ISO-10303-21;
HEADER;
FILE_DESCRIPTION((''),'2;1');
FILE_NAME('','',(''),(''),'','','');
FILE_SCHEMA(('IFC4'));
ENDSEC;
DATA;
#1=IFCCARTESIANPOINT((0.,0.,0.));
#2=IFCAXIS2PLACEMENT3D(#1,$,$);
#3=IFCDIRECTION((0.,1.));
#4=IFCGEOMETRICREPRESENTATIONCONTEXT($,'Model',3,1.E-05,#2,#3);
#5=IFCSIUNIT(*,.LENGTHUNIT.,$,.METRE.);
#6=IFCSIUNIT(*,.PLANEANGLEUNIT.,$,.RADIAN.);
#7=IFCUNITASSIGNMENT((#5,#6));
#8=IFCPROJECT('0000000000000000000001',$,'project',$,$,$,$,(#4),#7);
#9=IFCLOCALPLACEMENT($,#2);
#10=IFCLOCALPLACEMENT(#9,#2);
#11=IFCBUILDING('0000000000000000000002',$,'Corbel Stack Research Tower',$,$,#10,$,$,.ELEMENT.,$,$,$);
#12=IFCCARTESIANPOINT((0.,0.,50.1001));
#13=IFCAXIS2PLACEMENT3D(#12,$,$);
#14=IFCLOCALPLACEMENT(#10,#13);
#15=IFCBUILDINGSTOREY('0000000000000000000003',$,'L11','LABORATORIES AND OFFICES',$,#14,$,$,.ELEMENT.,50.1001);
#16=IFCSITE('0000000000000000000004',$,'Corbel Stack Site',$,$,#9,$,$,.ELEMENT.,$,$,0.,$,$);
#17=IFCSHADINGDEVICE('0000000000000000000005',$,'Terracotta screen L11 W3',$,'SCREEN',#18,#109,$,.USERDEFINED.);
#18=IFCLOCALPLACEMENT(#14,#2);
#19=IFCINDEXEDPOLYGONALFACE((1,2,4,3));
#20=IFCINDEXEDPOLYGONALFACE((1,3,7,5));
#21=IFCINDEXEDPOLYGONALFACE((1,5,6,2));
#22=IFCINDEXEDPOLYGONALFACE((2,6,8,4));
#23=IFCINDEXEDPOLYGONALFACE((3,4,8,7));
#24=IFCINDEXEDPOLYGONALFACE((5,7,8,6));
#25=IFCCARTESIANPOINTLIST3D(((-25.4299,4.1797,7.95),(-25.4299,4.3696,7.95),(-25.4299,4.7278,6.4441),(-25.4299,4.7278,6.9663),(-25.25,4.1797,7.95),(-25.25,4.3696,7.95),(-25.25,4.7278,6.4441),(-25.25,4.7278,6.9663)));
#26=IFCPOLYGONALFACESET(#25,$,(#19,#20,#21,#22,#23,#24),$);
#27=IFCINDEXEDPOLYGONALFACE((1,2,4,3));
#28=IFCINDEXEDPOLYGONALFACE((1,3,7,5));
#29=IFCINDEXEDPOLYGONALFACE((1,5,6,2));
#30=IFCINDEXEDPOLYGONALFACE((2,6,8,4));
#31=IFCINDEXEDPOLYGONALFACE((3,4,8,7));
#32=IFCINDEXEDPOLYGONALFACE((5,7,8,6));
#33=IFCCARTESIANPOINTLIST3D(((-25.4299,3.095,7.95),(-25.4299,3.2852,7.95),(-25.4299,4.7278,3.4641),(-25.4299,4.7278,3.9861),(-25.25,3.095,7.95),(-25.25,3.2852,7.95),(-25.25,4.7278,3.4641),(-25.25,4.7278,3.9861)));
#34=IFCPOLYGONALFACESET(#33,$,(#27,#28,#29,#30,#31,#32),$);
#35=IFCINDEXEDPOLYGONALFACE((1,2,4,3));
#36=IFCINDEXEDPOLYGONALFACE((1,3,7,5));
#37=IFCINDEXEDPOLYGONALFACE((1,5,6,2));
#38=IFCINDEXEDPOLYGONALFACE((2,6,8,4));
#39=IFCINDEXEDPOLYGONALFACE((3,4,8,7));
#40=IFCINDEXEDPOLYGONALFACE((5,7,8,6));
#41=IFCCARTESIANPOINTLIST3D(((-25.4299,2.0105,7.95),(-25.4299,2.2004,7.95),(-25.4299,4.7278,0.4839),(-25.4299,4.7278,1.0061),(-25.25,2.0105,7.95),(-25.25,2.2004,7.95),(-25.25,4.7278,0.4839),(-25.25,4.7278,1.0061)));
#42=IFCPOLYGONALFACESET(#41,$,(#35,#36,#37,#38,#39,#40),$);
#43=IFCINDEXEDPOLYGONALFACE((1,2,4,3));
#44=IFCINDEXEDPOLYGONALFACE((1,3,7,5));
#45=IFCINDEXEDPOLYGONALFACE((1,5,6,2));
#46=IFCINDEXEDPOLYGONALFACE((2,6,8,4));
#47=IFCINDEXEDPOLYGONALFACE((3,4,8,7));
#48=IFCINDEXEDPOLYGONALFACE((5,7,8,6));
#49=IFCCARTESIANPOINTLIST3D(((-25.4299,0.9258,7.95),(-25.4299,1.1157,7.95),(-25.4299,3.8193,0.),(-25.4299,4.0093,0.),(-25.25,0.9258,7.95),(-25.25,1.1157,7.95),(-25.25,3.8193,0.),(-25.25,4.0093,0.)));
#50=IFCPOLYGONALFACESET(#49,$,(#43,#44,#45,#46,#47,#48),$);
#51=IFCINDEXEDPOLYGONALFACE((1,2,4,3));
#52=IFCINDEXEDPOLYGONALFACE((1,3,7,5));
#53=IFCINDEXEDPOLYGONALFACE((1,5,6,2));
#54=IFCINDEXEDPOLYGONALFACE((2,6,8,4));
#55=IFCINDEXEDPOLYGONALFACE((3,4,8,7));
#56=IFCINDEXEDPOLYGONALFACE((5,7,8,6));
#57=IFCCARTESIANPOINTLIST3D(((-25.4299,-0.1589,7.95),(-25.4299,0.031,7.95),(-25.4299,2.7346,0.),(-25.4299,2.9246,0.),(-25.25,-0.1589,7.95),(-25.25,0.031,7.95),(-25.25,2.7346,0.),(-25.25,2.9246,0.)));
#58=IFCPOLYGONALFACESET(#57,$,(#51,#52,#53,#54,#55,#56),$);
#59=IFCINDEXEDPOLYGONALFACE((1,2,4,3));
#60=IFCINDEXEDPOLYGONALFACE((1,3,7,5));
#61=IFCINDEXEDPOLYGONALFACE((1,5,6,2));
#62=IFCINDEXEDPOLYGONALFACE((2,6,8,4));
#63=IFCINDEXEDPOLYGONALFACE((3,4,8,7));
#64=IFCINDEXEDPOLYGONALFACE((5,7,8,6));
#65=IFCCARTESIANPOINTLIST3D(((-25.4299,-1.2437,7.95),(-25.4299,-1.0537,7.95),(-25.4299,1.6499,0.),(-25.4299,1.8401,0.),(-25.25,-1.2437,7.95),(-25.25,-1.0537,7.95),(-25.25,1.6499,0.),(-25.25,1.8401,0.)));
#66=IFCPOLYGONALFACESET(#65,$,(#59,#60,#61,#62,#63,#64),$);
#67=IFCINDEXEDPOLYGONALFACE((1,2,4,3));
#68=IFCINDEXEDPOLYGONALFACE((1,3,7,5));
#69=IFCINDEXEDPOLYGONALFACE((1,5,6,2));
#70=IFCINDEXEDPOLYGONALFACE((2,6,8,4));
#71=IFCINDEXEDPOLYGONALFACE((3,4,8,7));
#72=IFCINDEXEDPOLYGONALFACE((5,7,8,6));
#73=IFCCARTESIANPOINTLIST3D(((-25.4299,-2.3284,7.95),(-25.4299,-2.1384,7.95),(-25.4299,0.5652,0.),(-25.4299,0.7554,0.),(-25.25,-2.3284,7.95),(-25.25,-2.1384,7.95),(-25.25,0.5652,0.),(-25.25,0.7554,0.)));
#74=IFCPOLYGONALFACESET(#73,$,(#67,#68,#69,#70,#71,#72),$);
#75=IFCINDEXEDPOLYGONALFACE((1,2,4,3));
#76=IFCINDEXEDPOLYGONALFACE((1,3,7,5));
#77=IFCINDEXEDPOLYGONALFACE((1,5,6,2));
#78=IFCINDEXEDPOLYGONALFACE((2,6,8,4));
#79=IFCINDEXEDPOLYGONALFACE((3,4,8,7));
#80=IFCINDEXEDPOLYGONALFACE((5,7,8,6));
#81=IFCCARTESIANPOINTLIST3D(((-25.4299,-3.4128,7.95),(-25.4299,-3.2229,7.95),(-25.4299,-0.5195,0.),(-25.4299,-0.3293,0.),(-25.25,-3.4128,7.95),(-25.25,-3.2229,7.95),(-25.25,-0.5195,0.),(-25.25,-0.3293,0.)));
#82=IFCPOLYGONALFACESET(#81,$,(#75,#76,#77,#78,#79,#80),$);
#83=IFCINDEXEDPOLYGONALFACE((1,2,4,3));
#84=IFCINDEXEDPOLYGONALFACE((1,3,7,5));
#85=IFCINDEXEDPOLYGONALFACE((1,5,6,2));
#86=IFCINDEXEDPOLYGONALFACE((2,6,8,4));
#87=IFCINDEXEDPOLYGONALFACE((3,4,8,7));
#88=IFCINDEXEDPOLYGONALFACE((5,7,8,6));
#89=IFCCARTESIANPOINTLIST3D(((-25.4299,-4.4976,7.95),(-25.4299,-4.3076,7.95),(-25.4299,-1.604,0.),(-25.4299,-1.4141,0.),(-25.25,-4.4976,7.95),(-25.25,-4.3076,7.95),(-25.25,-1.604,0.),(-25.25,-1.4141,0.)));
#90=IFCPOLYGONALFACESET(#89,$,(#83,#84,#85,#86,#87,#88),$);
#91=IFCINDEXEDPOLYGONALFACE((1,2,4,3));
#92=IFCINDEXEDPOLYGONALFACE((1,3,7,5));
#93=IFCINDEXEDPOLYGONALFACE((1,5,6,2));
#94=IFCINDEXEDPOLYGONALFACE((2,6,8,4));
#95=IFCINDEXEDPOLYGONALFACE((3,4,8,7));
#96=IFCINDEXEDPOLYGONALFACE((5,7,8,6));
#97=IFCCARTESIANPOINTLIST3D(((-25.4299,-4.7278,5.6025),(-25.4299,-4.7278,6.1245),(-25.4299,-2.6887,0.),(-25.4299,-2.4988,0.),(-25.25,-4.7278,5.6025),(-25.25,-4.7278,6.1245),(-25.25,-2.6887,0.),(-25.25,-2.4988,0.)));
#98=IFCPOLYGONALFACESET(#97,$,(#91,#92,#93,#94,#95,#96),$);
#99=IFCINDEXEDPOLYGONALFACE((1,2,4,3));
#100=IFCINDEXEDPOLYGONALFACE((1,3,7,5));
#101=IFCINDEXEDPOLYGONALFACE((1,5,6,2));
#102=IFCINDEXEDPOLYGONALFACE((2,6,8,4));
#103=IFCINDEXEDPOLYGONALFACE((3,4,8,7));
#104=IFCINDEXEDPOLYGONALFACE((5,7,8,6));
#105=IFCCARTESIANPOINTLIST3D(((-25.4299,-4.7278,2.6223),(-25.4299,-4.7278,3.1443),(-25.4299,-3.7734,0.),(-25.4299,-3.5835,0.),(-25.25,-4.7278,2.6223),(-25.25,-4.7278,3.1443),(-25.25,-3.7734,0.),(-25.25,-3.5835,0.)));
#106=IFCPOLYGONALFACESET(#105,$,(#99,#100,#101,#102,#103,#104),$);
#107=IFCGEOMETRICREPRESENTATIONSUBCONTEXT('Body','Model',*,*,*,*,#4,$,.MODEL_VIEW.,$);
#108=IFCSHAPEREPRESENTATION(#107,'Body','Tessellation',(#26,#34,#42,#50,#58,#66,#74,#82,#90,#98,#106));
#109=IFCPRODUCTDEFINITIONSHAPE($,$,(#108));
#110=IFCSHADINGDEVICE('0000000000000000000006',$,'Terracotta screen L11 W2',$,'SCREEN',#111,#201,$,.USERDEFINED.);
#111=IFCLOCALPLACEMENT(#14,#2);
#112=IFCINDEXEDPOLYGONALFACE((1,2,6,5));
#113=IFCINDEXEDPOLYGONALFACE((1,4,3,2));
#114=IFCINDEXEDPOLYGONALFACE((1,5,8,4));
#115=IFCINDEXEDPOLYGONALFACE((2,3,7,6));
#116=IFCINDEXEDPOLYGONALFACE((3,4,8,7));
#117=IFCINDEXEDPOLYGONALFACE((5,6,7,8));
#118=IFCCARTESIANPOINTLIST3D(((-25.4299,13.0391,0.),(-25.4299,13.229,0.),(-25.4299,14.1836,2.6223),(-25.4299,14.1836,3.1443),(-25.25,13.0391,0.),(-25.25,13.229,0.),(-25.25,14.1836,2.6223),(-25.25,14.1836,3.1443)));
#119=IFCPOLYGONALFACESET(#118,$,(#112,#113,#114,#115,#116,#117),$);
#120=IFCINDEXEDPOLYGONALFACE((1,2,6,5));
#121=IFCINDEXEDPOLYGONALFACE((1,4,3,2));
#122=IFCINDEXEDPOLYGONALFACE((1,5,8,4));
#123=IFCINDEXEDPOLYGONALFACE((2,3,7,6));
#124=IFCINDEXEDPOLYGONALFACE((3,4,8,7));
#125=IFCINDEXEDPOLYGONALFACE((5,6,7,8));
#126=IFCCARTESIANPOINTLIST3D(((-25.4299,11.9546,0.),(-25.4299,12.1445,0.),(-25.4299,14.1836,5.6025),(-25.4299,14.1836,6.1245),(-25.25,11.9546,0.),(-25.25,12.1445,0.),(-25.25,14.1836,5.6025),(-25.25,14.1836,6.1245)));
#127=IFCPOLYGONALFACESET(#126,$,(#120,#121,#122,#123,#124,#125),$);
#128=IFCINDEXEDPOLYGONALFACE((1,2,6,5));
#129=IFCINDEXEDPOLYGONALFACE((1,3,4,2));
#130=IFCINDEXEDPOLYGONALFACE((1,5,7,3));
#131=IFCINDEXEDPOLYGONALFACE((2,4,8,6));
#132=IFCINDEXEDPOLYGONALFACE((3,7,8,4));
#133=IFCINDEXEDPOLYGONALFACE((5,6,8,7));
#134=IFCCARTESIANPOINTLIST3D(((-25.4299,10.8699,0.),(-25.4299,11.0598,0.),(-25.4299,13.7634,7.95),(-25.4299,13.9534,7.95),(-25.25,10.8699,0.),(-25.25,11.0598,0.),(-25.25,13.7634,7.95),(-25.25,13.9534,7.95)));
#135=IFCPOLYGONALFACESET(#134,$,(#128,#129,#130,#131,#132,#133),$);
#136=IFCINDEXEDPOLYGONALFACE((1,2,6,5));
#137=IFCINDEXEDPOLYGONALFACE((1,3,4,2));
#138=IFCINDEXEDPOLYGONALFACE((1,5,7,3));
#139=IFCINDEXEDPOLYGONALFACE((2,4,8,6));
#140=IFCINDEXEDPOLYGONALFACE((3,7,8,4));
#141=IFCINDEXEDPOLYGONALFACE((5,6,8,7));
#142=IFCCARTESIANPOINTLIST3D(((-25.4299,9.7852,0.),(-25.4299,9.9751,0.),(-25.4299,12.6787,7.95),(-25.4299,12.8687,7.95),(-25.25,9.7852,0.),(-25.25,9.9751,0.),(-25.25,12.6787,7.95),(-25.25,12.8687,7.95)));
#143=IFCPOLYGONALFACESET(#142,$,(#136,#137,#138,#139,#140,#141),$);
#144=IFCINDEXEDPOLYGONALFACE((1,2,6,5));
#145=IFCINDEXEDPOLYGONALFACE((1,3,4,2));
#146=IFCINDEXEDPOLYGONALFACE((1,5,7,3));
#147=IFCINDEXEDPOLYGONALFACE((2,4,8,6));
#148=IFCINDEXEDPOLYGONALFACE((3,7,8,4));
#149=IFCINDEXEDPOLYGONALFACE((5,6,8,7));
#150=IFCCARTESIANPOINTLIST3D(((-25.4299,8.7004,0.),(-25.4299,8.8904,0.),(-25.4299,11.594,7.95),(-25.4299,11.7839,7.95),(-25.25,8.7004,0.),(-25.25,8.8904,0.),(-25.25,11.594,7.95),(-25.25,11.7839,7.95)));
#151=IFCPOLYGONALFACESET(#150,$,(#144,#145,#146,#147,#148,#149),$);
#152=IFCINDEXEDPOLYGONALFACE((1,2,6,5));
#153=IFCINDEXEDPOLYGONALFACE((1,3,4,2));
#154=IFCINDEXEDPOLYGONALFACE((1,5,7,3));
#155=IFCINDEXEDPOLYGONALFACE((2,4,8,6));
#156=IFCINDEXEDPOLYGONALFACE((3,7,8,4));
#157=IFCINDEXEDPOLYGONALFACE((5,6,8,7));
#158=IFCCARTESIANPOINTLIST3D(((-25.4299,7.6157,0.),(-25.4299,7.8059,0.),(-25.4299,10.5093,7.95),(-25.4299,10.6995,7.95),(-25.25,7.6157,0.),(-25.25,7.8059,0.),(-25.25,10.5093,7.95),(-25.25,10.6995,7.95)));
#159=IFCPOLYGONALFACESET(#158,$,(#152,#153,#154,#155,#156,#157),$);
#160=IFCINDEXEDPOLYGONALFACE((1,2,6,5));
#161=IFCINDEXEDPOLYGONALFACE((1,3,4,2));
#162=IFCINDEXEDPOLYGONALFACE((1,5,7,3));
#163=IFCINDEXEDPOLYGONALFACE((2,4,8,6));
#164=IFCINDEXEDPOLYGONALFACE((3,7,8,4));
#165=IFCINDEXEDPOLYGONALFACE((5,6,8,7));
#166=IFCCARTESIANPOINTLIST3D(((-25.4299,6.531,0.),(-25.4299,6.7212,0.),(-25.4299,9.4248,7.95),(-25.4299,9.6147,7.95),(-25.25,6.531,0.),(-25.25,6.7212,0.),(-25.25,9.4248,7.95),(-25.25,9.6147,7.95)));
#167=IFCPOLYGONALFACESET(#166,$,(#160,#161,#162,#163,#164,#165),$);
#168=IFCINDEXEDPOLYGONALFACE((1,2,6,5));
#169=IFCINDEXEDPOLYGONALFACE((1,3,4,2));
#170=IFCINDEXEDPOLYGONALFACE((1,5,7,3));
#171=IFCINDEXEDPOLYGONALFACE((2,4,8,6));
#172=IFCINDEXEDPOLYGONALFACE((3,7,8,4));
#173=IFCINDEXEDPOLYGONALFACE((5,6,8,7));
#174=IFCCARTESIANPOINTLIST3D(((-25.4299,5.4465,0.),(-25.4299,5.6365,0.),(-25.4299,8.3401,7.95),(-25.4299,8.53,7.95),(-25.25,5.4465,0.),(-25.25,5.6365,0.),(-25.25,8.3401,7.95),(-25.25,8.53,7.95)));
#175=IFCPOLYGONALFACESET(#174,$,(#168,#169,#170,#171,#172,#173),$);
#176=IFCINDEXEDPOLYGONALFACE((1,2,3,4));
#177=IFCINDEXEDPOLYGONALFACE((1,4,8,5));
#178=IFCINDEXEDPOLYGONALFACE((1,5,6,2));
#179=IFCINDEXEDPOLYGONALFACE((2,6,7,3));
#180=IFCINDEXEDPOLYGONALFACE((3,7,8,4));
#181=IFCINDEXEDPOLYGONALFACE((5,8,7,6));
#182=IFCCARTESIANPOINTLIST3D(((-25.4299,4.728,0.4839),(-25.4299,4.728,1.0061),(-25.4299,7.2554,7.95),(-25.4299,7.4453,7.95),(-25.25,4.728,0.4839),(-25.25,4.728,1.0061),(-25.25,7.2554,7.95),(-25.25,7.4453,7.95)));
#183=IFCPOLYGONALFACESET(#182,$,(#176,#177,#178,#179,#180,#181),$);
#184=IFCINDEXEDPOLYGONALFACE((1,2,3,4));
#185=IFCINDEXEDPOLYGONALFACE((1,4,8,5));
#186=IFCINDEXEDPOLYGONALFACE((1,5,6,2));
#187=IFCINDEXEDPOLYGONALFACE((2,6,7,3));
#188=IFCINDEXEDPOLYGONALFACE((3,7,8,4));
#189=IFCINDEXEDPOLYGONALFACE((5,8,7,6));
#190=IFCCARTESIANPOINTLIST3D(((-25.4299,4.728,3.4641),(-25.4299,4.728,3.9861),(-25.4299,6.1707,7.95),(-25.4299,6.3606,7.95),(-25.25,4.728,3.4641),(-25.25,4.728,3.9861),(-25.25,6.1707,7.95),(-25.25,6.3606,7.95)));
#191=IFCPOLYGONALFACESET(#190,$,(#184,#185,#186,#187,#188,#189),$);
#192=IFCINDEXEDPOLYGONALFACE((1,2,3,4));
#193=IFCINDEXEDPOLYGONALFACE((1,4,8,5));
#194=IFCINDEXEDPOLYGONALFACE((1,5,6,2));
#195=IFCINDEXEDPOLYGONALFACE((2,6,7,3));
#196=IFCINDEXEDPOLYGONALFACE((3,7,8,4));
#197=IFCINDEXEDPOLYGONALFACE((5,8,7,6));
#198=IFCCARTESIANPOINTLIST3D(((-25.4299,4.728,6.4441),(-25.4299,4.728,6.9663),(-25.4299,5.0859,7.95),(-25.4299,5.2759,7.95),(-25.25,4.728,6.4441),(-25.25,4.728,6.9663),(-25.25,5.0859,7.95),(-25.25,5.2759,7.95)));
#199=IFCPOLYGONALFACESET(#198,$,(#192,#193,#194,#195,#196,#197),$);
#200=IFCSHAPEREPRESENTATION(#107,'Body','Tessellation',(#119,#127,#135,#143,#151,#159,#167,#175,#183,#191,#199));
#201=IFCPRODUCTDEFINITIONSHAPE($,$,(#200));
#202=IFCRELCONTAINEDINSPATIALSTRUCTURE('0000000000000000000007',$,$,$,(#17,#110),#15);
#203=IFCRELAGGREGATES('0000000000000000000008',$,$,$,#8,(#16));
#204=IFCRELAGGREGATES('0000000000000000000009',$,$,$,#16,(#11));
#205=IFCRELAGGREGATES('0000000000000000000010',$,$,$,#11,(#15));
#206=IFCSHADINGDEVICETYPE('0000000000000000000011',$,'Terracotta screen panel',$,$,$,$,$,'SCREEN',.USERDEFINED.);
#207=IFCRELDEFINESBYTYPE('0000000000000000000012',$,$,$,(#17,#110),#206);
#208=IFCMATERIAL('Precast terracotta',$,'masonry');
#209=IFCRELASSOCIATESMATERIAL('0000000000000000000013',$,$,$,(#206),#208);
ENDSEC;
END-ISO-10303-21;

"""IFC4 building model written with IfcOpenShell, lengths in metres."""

from ifc_helpers import new_model, si_unit, direction, frame, origin, place, context, subcontext, project, spatial, polyline, outline, extrude, source, transform, mapped, material, type_object, element, save


model = new_model("IFC4")

# Units and contexts
model_context = context("Model", 3, precision=1e-05, world=origin(), true_north=direction((0.0, 1.0)))
body_context = subcontext(model_context, "Body", "Model", "MODEL_VIEW")
ifc_project = project(units=[si_unit("LENGTHUNIT", "METRE"), si_unit("PLANEANGLEUNIT", "RADIAN")], contexts=[model_context])

# Site, building, storey
site_placement = place(None, origin())
site = spatial("IfcSite", under=ifc_project, at=site_placement, Name="Corbel Stack Site", CompositionType="ELEMENT", RefElevation=0.0)
building_placement = place(site_placement, origin())
building = spatial("IfcBuilding", under=site, at=building_placement, Name="Corbel Stack Research Tower", CompositionType="ELEMENT")
storey_placement = place(building_placement, frame((0.0, 0.0, 50.1001)))
storey = spatial("IfcBuildingStorey", under=building, at=storey_placement, Name="L11", Description="LABORATORIES AND OFFICES", CompositionType="ELEMENT", Elevation=50.1001)

# Shading devices
ifc_material_1 = material(Name="Precast terracotta", Category="masonry")
shading_device_type = type_object("IfcShadingDeviceType", Name="Terracotta screen panel", ElementType="SCREEN", PredefinedType="USERDEFINED", material=ifc_material_1)
shared_shape_1 = source(origin(), body_context, "Body", "SweptSolid", [
    extrude(outline(polyline([(0.5481, 7.95), (0.3582, 7.95), (0.0, 6.9663), (0.0, 6.4441), (0.5481, 7.95)])), frame((0.0, 0.0, 0.0), z_axis=(0.0, -1.0, 0.0), x_axis=(1.0, 0.0, 0.0)), (0.0, 0.0, 1.0), 0.1799),
    extrude(outline(polyline([(1.6328, 7.95), (1.4426, 7.95), (0.0, 3.9861), (0.0, 3.4641), (1.6328, 7.95)])), frame((0.0, 0.0, 0.0), z_axis=(0.0, -1.0, 0.0), x_axis=(1.0, 0.0, 0.0)), (0.0, 0.0, 1.0), 0.1799),
    extrude(outline(polyline([(2.7173, 7.95), (2.5273, 7.95), (0.0, 1.0061), (0.0, 0.4839), (2.7173, 7.95)])), frame((0.0, 0.0, 0.0), z_axis=(0.0, -1.0, 0.0), x_axis=(1.0, 0.0, 0.0)), (0.0, 0.0, 1.0), 0.1799),
    extrude(outline(polyline([(0.9084, 0.0), (3.802, 7.95), (3.6121, 7.95), (0.7185, 0.0), (0.9084, 0.0)])), frame((0.0, 0.0, 0.0), z_axis=(0.0, -1.0, 0.0), x_axis=(1.0, 0.0, 0.0)), (0.0, 0.0, 1.0), 0.1799),
    extrude(outline(polyline([(1.9932, 0.0), (4.8867, 7.95), (4.6968, 7.95), (1.8032, 0.0), (1.9932, 0.0)])), frame((0.0, 0.0, 0.0), z_axis=(0.0, -1.0, 0.0), x_axis=(1.0, 0.0, 0.0)), (0.0, 0.0, 1.0), 0.1799),
    extrude(outline(polyline([(3.0779, 0.0), (5.9714, 7.95), (5.7815, 7.95), (2.8877, 0.0), (3.0779, 0.0)])), frame((0.0, 0.0, 0.0), z_axis=(0.0, -1.0, 0.0), x_axis=(1.0, 0.0, 0.0)), (0.0, 0.0, 1.0), 0.1799),
    extrude(outline(polyline([(4.1626, 0.0), (7.0562, 7.95), (6.8662, 7.95), (3.9724, 0.0), (4.1626, 0.0)])), frame((0.0, 0.0, 0.0), z_axis=(0.0, -1.0, 0.0), x_axis=(1.0, 0.0, 0.0)), (0.0, 0.0, 1.0), 0.1799),
    extrude(outline(polyline([(5.2473, 0.0), (8.1406, 7.95), (7.9507, 7.95), (5.0571, 0.0), (5.2473, 0.0)])), frame((0.0, 0.0, 0.0), z_axis=(0.0, -1.0, 0.0), x_axis=(1.0, 0.0, 0.0)), (0.0, 0.0, 1.0), 0.1799),
    extrude(outline(polyline([(6.3318, 0.0), (9.2253, 7.95), (9.0354, 7.95), (6.1418, 0.0), (6.3318, 0.0)])), frame((0.0, 0.0, 0.0), z_axis=(0.0, -1.0, 0.0), x_axis=(1.0, 0.0, 0.0)), (0.0, 0.0, 1.0), 0.1799),
    extrude(outline(polyline([(7.4165, 0.0), (9.4556, 5.6025), (9.4556, 6.1245), (7.2266, 0.0), (7.4165, 0.0)])), frame((0.0, 0.0, 0.0), z_axis=(0.0, -1.0, 0.0), x_axis=(1.0, 0.0, 0.0)), (0.0, 0.0, 1.0), 0.1799),
    extrude(outline(polyline([(8.5012, 0.0), (9.4556, 2.6223), (9.4556, 3.1443), (8.3113, 0.0), (8.5012, 0.0)])), frame((0.0, 0.0, 0.0), z_axis=(0.0, -1.0, 0.0), x_axis=(1.0, 0.0, 0.0)), (0.0, 0.0, 1.0), 0.1799),
])
shading_device_1_placement = place(storey_placement, frame((-25.25, 4.7278, 0.0), z_axis=(0.0, 0.0, 1.0), x_axis=(0.0, -1.0, 0.0)))
element("IfcShadingDevice", 1, at=shading_device_1_placement, inside=storey, type_object=shading_device_type, Name="Terracotta screen L11 W3", ObjectType="SCREEN", PredefinedType="USERDEFINED", context=body_context, shape_type="MappedRepresentation", body=[
    mapped(shared_shape_1, transform((0.0, 0.0, 0.0))),
])
shared_shape_2 = source(origin(), body_context, "Body", "SweptSolid", [
    extrude(outline(polyline([(1.1445, 0.0), (0.0, 3.1443), (0.0, 2.6223), (0.9546, 0.0), (1.1445, 0.0)])), frame((0.0, 0.0, 0.0), z_axis=(0.0, -1.0, 0.0), x_axis=(1.0, 0.0, 0.0)), (0.0, 0.0, 1.0), 0.1799),
    extrude(outline(polyline([(2.229, 0.0), (0.0, 6.1245), (0.0, 5.6025), (2.0391, 0.0), (2.229, 0.0)])), frame((0.0, 0.0, 0.0), z_axis=(0.0, -1.0, 0.0), x_axis=(1.0, 0.0, 0.0)), (0.0, 0.0, 1.0), 0.1799),
    extrude(outline(polyline([(3.3137, 0.0), (0.4202, 7.95), (0.2302, 7.95), (3.1238, 0.0), (3.3137, 0.0)])), frame((0.0, 0.0, 0.0), z_axis=(0.0, -1.0, 0.0), x_axis=(1.0, 0.0, 0.0)), (0.0, 0.0, 1.0), 0.1799),
    extrude(outline(polyline([(4.3984, 0.0), (1.5049, 7.95), (1.3149, 7.95), (4.2085, 0.0), (4.3984, 0.0)])), frame((0.0, 0.0, 0.0), z_axis=(0.0, -1.0, 0.0), x_axis=(1.0, 0.0, 0.0)), (0.0, 0.0, 1.0), 0.1799),
    extrude(outline(polyline([(5.4832, 0.0), (2.5896, 7.95), (2.3997, 7.95), (5.2932, 0.0), (5.4832, 0.0)])), frame((0.0, 0.0, 0.0), z_axis=(0.0, -1.0, 0.0), x_axis=(1.0, 0.0, 0.0)), (0.0, 0.0, 1.0), 0.1799),
    extrude(outline(polyline([(6.5679, 0.0), (3.6743, 7.95), (3.4841, 7.95), (6.3777, 0.0), (6.5679, 0.0)])), frame((0.0, 0.0, 0.0), z_axis=(0.0, -1.0, 0.0), x_axis=(1.0, 0.0, 0.0)), (0.0, 0.0, 1.0), 0.1799),
    extrude(outline(polyline([(7.6526, 0.0), (4.7588, 7.95), (4.5688, 7.95), (7.4624, 0.0), (7.6526, 0.0)])), frame((0.0, 0.0, 0.0), z_axis=(0.0, -1.0, 0.0), x_axis=(1.0, 0.0, 0.0)), (0.0, 0.0, 1.0), 0.1799),
    extrude(outline(polyline([(8.7371, 0.0), (5.8435, 7.95), (5.6536, 7.95), (8.5471, 0.0), (8.7371, 0.0)])), frame((0.0, 0.0, 0.0), z_axis=(0.0, -1.0, 0.0), x_axis=(1.0, 0.0, 0.0)), (0.0, 0.0, 1.0), 0.1799),
    extrude(outline(polyline([(6.9282, 7.95), (6.7383, 7.95), (9.4556, 0.4839), (9.4556, 1.0061), (6.9282, 7.95)])), frame((0.0, 0.0, 0.0), z_axis=(0.0, -1.0, 0.0), x_axis=(1.0, 0.0, 0.0)), (0.0, 0.0, 1.0), 0.1799),
    extrude(outline(polyline([(8.0129, 7.95), (7.823, 7.95), (9.4556, 3.4641), (9.4556, 3.9861), (8.0129, 7.95)])), frame((0.0, 0.0, 0.0), z_axis=(0.0, -1.0, 0.0), x_axis=(1.0, 0.0, 0.0)), (0.0, 0.0, 1.0), 0.1799),
    extrude(outline(polyline([(9.0977, 7.95), (8.9077, 7.95), (9.4556, 6.4441), (9.4556, 6.9663), (9.0977, 7.95)])), frame((0.0, 0.0, 0.0), z_axis=(0.0, -1.0, 0.0), x_axis=(1.0, 0.0, 0.0)), (0.0, 0.0, 1.0), 0.1799),
])
shading_device_2_placement = place(storey_placement, frame((-25.25, 14.1836, 0.0), z_axis=(0.0, 0.0, 1.0), x_axis=(0.0, -1.0, 0.0)))
element("IfcShadingDevice", 2, at=shading_device_2_placement, inside=storey, type_object=shading_device_type, Name="Terracotta screen L11 W2", ObjectType="SCREEN", PredefinedType="USERDEFINED", context=body_context, shape_type="MappedRepresentation", body=[
    mapped(shared_shape_2, transform((0.0, 0.0, 0.0))),
])

save(model, "model.ifc")
